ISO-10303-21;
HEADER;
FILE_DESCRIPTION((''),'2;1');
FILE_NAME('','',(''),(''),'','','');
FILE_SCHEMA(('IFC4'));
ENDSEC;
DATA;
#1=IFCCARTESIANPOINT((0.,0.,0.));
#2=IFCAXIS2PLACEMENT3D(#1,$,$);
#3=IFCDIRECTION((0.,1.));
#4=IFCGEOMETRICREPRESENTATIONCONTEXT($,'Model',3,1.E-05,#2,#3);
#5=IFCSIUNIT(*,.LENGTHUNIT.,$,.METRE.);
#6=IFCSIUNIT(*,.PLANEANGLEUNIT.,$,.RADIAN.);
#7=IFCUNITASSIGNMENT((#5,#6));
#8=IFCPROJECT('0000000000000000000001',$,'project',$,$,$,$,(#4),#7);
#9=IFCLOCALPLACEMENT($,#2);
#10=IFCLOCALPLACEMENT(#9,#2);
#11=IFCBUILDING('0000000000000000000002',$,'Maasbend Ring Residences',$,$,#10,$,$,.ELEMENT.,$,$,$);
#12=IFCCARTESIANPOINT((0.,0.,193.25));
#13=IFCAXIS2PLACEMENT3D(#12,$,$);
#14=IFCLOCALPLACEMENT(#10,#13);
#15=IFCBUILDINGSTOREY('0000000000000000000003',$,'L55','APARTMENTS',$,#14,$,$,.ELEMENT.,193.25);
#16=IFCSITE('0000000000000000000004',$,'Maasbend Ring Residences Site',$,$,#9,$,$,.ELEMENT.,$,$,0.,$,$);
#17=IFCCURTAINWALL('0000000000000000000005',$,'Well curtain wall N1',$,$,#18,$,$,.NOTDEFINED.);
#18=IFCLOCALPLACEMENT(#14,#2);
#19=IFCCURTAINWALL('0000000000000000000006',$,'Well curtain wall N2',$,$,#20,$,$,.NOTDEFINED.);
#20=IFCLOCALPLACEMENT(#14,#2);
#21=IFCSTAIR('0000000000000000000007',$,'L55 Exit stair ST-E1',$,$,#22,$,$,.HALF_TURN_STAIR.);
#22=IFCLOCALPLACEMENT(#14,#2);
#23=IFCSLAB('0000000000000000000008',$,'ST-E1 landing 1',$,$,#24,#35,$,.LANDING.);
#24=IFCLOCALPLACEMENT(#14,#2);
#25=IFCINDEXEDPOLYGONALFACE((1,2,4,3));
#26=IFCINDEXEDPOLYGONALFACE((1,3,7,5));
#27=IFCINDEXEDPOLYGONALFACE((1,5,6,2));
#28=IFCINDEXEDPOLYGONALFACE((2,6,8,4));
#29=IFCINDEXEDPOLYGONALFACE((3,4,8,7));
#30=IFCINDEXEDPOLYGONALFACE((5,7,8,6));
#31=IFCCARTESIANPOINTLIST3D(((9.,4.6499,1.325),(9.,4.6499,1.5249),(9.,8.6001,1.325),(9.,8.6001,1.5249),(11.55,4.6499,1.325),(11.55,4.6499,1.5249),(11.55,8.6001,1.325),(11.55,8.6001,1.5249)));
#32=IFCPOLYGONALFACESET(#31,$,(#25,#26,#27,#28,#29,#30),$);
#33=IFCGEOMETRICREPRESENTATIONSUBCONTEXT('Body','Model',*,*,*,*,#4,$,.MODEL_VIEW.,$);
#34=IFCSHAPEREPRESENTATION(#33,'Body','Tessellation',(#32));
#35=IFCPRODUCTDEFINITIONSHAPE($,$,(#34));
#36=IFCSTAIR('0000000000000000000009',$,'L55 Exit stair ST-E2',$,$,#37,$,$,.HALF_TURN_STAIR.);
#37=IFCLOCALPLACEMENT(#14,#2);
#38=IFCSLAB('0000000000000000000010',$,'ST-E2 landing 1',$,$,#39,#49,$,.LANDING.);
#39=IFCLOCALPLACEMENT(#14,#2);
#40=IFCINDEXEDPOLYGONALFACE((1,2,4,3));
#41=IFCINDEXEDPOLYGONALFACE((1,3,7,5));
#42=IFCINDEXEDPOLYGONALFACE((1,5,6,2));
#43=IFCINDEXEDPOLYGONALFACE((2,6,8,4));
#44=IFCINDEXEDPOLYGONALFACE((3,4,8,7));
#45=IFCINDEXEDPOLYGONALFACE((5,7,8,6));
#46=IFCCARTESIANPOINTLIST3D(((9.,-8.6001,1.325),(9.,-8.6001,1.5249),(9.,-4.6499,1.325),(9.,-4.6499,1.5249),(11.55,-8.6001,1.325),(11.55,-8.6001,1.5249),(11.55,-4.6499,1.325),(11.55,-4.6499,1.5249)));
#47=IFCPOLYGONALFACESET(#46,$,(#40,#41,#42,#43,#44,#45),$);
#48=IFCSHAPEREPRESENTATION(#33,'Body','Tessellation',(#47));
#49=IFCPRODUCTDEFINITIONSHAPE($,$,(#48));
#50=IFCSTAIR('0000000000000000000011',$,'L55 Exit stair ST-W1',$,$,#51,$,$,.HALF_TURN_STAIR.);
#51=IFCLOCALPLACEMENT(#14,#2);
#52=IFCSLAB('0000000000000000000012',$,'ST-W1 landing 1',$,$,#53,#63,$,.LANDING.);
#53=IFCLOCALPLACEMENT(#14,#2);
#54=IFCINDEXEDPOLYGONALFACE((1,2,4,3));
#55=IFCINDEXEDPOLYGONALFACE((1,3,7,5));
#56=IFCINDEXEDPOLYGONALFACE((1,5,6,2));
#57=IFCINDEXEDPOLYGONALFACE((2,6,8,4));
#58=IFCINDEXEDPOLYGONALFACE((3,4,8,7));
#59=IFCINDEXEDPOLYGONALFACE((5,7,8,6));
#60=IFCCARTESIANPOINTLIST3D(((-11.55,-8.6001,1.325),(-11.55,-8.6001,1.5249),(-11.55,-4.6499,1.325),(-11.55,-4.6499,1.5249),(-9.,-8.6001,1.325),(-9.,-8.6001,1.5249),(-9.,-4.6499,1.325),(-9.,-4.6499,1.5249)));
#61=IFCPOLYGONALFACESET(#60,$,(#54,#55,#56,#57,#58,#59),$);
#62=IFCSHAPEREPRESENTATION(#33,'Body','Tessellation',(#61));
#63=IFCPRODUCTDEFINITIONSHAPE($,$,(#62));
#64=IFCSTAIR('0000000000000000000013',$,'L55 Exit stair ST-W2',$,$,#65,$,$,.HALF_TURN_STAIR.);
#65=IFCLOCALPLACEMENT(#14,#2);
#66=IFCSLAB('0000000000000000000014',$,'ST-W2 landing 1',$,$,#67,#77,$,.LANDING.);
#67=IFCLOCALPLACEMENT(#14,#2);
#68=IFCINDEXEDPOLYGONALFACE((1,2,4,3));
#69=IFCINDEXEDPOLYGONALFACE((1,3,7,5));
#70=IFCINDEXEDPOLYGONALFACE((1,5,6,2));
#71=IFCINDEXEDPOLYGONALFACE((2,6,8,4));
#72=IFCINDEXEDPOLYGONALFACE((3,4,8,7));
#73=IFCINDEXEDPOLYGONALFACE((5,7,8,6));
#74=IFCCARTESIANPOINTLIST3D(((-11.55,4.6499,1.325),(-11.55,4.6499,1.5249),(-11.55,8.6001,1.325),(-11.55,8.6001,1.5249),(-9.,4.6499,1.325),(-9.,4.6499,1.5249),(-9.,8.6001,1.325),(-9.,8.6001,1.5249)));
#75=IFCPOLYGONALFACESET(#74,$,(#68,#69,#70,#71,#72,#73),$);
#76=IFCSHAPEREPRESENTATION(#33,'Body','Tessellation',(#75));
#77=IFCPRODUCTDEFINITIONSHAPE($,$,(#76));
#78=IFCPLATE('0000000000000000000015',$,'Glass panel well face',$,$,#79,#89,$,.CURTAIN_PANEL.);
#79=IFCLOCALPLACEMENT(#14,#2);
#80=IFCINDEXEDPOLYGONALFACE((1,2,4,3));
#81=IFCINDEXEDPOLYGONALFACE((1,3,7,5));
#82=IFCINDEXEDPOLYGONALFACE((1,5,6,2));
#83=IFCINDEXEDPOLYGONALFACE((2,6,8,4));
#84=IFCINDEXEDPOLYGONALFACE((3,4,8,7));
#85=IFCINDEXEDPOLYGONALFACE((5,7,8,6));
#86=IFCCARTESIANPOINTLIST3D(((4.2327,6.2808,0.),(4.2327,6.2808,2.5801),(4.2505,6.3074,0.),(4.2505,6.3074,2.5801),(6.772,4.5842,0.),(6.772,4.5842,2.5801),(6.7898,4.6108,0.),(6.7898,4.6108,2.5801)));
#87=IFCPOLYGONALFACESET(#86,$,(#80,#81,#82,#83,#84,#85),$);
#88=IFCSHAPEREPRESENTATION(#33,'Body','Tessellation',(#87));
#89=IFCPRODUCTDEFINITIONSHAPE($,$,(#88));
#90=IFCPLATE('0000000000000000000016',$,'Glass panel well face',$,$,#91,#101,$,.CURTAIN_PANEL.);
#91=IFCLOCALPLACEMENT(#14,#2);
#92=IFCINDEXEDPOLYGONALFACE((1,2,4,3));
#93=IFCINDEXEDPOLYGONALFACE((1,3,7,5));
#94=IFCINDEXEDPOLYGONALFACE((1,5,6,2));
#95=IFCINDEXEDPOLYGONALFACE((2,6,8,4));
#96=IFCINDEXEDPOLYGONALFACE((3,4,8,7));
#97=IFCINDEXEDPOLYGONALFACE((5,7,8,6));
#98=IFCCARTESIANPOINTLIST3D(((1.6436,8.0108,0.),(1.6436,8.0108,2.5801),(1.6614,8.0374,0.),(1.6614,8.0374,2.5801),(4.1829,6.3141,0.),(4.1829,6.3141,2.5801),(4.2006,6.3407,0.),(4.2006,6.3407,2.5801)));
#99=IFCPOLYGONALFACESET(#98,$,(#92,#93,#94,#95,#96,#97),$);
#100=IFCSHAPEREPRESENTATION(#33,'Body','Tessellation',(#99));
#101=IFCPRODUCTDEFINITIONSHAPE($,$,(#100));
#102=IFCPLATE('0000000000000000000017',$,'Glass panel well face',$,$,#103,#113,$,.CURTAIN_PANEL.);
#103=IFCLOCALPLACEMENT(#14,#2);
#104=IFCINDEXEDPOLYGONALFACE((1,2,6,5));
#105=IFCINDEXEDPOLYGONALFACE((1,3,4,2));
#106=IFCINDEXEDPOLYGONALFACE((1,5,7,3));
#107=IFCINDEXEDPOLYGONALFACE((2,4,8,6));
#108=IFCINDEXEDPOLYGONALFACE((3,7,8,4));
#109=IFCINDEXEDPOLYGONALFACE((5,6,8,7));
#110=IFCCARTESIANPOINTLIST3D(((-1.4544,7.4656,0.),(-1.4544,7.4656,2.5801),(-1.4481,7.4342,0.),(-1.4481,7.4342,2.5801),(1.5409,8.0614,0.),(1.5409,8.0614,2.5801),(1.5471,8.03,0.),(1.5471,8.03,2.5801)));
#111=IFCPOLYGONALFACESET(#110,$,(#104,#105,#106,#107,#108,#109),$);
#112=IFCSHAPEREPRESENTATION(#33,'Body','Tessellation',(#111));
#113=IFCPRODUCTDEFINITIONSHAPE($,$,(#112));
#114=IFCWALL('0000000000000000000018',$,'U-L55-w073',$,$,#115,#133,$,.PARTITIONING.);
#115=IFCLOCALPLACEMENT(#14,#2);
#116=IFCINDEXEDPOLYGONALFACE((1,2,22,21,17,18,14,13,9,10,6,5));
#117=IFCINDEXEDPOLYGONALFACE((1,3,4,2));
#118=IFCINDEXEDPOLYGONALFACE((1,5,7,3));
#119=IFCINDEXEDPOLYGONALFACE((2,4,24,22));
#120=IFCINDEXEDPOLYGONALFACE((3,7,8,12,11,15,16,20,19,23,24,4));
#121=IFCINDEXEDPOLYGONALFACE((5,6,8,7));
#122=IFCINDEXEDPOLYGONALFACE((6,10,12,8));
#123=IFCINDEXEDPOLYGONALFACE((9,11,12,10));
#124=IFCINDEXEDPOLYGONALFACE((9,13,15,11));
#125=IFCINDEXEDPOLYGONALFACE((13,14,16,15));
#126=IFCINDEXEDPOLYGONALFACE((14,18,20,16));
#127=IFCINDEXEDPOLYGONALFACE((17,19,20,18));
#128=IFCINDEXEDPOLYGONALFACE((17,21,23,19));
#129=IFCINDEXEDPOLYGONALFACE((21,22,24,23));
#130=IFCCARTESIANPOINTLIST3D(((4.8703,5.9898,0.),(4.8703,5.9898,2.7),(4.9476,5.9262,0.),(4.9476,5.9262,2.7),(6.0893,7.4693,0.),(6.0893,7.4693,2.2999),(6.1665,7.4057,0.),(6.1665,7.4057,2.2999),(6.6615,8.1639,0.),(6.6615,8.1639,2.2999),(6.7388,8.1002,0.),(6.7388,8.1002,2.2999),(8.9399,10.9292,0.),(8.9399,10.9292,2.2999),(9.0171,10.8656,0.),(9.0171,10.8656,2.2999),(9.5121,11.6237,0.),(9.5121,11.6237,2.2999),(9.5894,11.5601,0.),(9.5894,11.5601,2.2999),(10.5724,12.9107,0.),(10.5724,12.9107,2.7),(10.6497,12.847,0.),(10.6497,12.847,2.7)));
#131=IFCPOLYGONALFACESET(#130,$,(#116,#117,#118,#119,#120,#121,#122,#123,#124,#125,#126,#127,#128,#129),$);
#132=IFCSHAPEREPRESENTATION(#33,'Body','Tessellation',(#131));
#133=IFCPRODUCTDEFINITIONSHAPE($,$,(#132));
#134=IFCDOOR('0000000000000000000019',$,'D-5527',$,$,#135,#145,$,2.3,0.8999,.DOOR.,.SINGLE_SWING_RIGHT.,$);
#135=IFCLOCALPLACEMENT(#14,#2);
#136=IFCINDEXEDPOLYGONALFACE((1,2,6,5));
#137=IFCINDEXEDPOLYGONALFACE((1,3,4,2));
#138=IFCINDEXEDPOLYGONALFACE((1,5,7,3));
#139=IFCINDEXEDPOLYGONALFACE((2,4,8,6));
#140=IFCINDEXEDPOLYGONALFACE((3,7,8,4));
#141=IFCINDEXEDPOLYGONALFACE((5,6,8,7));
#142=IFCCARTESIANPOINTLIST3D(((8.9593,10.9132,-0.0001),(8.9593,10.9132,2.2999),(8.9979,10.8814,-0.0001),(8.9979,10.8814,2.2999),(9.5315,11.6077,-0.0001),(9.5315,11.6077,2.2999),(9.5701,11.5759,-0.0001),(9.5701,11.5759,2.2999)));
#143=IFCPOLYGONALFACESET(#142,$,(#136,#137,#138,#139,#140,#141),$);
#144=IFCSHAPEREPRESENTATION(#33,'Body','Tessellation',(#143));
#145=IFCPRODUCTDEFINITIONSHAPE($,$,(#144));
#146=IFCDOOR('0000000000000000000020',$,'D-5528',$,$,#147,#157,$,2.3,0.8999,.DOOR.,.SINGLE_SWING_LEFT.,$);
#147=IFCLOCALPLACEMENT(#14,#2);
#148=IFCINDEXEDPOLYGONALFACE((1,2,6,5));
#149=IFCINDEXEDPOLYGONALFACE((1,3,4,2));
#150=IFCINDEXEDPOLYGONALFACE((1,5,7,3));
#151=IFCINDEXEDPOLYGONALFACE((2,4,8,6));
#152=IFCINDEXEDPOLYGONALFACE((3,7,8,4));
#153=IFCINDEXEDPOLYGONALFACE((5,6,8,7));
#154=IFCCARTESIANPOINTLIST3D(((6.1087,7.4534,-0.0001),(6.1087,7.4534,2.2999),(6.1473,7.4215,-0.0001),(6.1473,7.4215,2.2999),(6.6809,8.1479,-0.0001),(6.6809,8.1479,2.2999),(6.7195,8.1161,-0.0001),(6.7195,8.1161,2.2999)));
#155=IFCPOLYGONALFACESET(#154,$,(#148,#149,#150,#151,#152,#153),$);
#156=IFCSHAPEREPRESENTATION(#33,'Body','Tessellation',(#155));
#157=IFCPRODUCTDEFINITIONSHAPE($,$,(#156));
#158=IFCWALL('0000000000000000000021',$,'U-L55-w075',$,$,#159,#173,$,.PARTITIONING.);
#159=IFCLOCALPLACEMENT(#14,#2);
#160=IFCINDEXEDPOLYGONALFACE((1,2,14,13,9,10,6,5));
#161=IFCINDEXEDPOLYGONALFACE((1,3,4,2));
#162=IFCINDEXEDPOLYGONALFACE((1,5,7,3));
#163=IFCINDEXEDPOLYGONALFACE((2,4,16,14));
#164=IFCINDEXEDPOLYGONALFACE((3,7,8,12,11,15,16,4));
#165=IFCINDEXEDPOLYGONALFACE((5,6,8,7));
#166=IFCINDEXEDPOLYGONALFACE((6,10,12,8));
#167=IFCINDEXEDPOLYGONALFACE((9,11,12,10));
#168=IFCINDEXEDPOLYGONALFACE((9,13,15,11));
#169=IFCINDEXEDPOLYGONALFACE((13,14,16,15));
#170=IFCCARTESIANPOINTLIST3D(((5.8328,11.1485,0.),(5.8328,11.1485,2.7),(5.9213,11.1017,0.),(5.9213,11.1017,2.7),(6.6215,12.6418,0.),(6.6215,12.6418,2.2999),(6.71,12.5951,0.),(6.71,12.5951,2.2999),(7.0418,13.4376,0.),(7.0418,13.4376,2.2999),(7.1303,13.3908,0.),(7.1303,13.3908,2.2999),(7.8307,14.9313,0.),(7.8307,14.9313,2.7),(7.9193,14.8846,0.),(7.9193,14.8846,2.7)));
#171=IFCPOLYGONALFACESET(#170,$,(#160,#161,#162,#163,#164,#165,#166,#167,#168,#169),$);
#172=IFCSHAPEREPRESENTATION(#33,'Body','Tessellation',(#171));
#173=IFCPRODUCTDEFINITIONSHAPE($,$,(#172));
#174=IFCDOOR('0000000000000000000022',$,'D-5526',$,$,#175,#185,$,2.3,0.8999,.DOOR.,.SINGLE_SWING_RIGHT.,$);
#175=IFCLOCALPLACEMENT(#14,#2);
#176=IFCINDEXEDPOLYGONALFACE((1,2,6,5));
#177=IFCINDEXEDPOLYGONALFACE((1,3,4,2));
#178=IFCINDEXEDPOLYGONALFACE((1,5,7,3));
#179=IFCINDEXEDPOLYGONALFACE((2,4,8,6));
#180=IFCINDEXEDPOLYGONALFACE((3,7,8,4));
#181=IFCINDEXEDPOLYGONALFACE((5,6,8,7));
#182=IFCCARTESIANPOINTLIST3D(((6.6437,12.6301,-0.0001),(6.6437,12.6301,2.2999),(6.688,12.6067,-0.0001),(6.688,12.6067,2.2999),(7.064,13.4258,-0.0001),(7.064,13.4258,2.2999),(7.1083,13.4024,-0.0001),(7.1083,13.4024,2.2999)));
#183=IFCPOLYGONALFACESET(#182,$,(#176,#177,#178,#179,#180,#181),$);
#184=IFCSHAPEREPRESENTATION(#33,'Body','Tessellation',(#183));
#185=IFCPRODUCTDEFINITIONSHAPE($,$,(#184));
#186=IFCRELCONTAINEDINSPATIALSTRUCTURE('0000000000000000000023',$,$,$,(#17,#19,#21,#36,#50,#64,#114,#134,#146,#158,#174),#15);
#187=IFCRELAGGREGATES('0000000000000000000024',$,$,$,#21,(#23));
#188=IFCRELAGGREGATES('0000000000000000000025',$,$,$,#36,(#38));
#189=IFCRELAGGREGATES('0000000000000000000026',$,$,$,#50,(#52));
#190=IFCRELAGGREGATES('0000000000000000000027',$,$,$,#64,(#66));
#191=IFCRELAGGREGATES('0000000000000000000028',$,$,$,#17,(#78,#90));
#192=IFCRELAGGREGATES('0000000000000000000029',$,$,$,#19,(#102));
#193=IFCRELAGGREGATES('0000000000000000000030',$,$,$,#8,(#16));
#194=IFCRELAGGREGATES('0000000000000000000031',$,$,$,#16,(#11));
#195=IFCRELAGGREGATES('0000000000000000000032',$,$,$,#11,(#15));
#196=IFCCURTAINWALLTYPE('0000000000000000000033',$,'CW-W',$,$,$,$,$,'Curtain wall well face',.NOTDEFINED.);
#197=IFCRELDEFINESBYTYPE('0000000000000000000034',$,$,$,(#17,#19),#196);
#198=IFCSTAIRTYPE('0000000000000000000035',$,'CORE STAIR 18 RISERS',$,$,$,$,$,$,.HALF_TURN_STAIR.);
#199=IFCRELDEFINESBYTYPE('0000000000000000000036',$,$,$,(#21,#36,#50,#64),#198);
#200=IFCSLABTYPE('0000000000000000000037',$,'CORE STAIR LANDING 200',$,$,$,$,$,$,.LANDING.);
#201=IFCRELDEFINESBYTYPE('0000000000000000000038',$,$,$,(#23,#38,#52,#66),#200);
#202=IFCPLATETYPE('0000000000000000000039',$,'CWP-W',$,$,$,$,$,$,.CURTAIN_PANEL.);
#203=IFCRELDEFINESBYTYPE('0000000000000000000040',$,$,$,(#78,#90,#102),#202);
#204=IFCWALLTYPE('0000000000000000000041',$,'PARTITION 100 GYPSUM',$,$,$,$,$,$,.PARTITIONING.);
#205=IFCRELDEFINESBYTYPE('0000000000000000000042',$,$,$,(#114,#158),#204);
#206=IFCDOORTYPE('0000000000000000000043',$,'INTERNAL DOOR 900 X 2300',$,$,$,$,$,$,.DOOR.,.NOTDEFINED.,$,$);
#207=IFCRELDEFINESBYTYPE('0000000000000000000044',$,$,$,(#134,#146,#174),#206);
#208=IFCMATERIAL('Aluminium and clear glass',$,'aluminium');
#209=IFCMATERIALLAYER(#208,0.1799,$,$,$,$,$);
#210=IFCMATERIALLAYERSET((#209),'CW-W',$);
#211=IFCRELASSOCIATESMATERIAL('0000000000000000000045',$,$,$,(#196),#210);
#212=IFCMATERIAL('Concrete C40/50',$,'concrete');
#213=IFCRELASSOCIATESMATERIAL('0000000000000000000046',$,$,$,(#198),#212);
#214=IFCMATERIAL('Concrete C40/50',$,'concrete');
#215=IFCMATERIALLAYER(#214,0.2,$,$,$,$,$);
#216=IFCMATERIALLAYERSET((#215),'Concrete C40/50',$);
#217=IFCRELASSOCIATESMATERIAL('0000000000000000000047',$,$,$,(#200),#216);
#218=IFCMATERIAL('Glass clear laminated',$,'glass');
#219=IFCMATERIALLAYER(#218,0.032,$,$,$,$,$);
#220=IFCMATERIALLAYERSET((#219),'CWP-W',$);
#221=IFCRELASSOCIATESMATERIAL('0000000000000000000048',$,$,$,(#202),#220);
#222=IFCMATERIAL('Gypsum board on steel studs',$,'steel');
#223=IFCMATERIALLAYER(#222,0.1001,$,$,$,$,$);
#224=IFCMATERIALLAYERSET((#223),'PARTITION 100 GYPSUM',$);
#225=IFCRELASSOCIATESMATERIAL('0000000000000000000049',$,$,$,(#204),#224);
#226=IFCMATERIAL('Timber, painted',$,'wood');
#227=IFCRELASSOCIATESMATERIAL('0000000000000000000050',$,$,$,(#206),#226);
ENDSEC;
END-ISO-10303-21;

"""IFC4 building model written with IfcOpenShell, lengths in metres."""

from ifc_helpers import new_model, si_unit, direction, frame, frame_2d, origin, origin_2d, place, context, subcontext, project, spatial, polyline, rectangle, outline, extrude, material, layer, layer_set, type_object, element, fill, aggregate, save


model = new_model("IFC4")

# Units and contexts
model_context = context("Model", 3, precision=1e-05, world=origin(), true_north=direction((0.0, 1.0)))
body_context = subcontext(model_context, "Body", "Model", "MODEL_VIEW")
ifc_project = project(units=[si_unit("LENGTHUNIT", "METRE"), si_unit("PLANEANGLEUNIT", "RADIAN")], contexts=[model_context])

# Site, building, storey
site_placement = place(None, origin())
site = spatial("IfcSite", under=ifc_project, at=site_placement, Name="Maasbend Ring Residences Site", CompositionType="ELEMENT", RefElevation=0.0)
building_placement = place(site_placement, origin())
building = spatial("IfcBuilding", under=site, at=building_placement, Name="Maasbend Ring Residences", CompositionType="ELEMENT")
storey_placement = place(building_placement, frame((0.0, 0.0, 193.25)))
storey = spatial("IfcBuildingStorey", under=building, at=storey_placement, Name="L55", Description="APARTMENTS", CompositionType="ELEMENT", Elevation=193.25)

# Curtain wall
ifc_material_1 = material(Name="Aluminium and clear glass", Category="aluminium")
ifc_layer_1 = layer(ifc_material_1, 0.1799)
ifc_layer_set_1 = layer_set([ifc_layer_1], Name="CW-W")
curtain_wall_type = type_object("IfcCurtainWallType", Name="CW-W", ElementType="Curtain wall well face", PredefinedType="NOTDEFINED", material=ifc_layer_set_1)
curtain_wall_1_placement = place(storey_placement, origin())
curtain_wall_1 = element("IfcCurtainWall", 1, at=curtain_wall_1_placement, inside=storey, type_object=curtain_wall_type, Name="Well curtain wall N1", PredefinedType="NOTDEFINED")

# Curtain wall
curtain_wall_2_placement = place(storey_placement, origin())
curtain_wall_2 = element("IfcCurtainWall", 2, at=curtain_wall_2_placement, inside=storey, type_object=curtain_wall_type, Name="Well curtain wall N2", PredefinedType="NOTDEFINED")

# Stairs, slabs
ifc_material_2 = material(Name="Concrete C40/50", Category="concrete")
stair_type = type_object("IfcStairType", Name="CORE STAIR 18 RISERS", PredefinedType="HALF_TURN_STAIR", material=ifc_material_2)
stair_1_placement = place(storey_placement, origin())
stair_1 = element("IfcStair", 3, at=stair_1_placement, inside=storey, type_object=stair_type, Name="L55 Exit stair ST-E1", PredefinedType="HALF_TURN_STAIR")
ifc_material_3 = material(Name="Concrete C40/50", Category="concrete")
ifc_layer_2 = layer(ifc_material_3, 0.2)
ifc_layer_set_2 = layer_set([ifc_layer_2], Name="Concrete C40/50")
slab_type = type_object("IfcSlabType", Name="CORE STAIR LANDING 200", PredefinedType="LANDING", material=ifc_layer_set_2)
slab_1_placement = place(storey_placement, frame((0.0, 0.0, 1.325)))
slab_1 = element("IfcSlab", 4, at=slab_1_placement, type_object=slab_type, Name="ST-E1 landing 1", PredefinedType="LANDING", context=body_context, shape_type="SweptSolid", body=[
    extrude(outline(polyline([(11.55, 8.6001), (9.0, 8.6001), (9.0, 4.6499), (11.55, 4.6499), (11.55, 8.6001)])), origin(), (0.0, 0.0, 1.0), 0.2),
])
aggregate(stair_1, [slab_1])
stair_2_placement = place(storey_placement, origin())
stair_2 = element("IfcStair", 5, at=stair_2_placement, inside=storey, type_object=stair_type, Name="L55 Exit stair ST-E2", PredefinedType="HALF_TURN_STAIR")
slab_2_placement = place(storey_placement, frame((0.0, 0.0, 1.325)))
slab_2 = element("IfcSlab", 6, at=slab_2_placement, type_object=slab_type, Name="ST-E2 landing 1", PredefinedType="LANDING", context=body_context, shape_type="SweptSolid", body=[
    extrude(outline(polyline([(11.55, -4.6499), (9.0, -4.6499), (9.0, -8.6001), (11.55, -8.6001), (11.55, -4.6499)])), origin(), (0.0, 0.0, 1.0), 0.2),
])
aggregate(stair_2, [slab_2])
stair_3_placement = place(storey_placement, origin())
stair_3 = element("IfcStair", 7, at=stair_3_placement, inside=storey, type_object=stair_type, Name="L55 Exit stair ST-W1", PredefinedType="HALF_TURN_STAIR")
slab_3_placement = place(storey_placement, frame((0.0, 0.0, 1.325)))
slab_3 = element("IfcSlab", 8, at=slab_3_placement, type_object=slab_type, Name="ST-W1 landing 1", PredefinedType="LANDING", context=body_context, shape_type="SweptSolid", body=[
    extrude(outline(polyline([(-11.55, -8.6001), (-9.0, -8.6001), (-9.0, -4.6499), (-11.55, -4.6499), (-11.55, -8.6001)])), origin(), (0.0, 0.0, 1.0), 0.2),
])
aggregate(stair_3, [slab_3])
stair_4_placement = place(storey_placement, origin())
stair_4 = element("IfcStair", 9, at=stair_4_placement, inside=storey, type_object=stair_type, Name="L55 Exit stair ST-W2", PredefinedType="HALF_TURN_STAIR")
slab_4_placement = place(storey_placement, frame((0.0, 0.0, 1.325)))
slab_4 = element("IfcSlab", 10, at=slab_4_placement, type_object=slab_type, Name="ST-W2 landing 1", PredefinedType="LANDING", context=body_context, shape_type="SweptSolid", body=[
    extrude(outline(polyline([(-11.55, 4.6499), (-9.0, 4.6499), (-9.0, 8.6001), (-11.55, 8.6001), (-11.55, 4.6499)])), origin(), (0.0, 0.0, 1.0), 0.2),
])
aggregate(stair_4, [slab_4])

# Plates
ifc_material_4 = material(Name="Glass clear laminated", Category="glass")
ifc_layer_3 = layer(ifc_material_4, 0.032)
ifc_layer_set_3 = layer_set([ifc_layer_3], Name="CWP-W")
plate_type = type_object("IfcPlateType", Name="CWP-W", PredefinedType="CURTAIN_PANEL", material=ifc_layer_set_3)
plate_1_placement = place(storey_placement, frame((5.5112, 5.4458, 0.0), z_axis=(0.0, 0.0, 1.0), x_axis=(-0.83147, 0.55557, 0.0)))
plate_1 = element("IfcPlate", 11, at=plate_1_placement, type_object=plate_type, Name="Glass panel well face", PredefinedType="CURTAIN_PANEL", context=body_context, shape_type="SweptSolid", body=[
    extrude(rectangle(XDim=3.054, YDim=0.032, at=origin_2d()), origin(), (0.0, 0.0, 1.0), 2.5801),
])
plate_2_placement = place(storey_placement, frame((2.9221, 7.1758, 0.0), z_axis=(0.0, 0.0, 1.0), x_axis=(-0.83147, 0.55557, 0.0)))
plate_2 = element("IfcPlate", 12, at=plate_2_placement, type_object=plate_type, Name="Glass panel well face", PredefinedType="CURTAIN_PANEL", context=body_context, shape_type="SweptSolid", body=[
    extrude(rectangle(XDim=3.054, YDim=0.032, at=origin_2d()), origin(), (0.0, 0.0, 1.0), 2.5801),
])
aggregate(curtain_wall_1, [plate_1, plate_2])
plate_3_placement = place(storey_placement, frame((0.0464, 7.7478, 0.0), z_axis=(0.0, 0.0, 1.0), x_axis=(-0.980785, -0.19509, 0.0)))
plate_3 = element("IfcPlate", 13, at=plate_3_placement, type_object=plate_type, Name="Glass panel well face", PredefinedType="CURTAIN_PANEL", context=body_context, shape_type="SweptSolid", body=[
    extrude(rectangle(XDim=3.054, YDim=0.032, at=origin_2d()), origin(), (0.0, 0.0, 1.0), 2.5801),
])
aggregate(curtain_wall_2, [plate_3])

# Wall, openings, doors
ifc_material_5 = material(Name="Gypsum board on steel studs", Category="steel")
ifc_layer_4 = layer(ifc_material_5, 0.1001)
ifc_layer_set_4 = layer_set([ifc_layer_4], Name="PARTITION 100 GYPSUM")
wall_type_1 = type_object("IfcWallType", Name="PARTITION 100 GYPSUM", PredefinedType="PARTITIONING", material=ifc_layer_set_4)
wall_1_placement = place(storey_placement, frame((4.9089, 5.958, 0.0), z_axis=(0.0, 0.0, 1.0), x_axis=(0.635879, 0.771789, 0.0)))
wall_1 = element("IfcWall", 14, at=wall_1_placement, inside=storey, type_object=wall_type_1, Name="U-L55-w073", PredefinedType="PARTITIONING", context=body_context, shape_type="SweptSolid", body=[
    extrude(rectangle(XDim=8.9673, YDim=0.1001, at=frame_2d((4.4836, 0.0))), origin(), (0.0, 0.0, 1.0), 2.7),
])
opening_1_placement = place(wall_1_placement, frame((6.3999, 0.0, 0.0)))
opening_1 = element("IfcOpeningElement", 15, at=opening_1_placement, cuts=wall_1, PredefinedType="OPENING", context=body_context, shape_type="SweptSolid", body=[
    extrude(rectangle(XDim=0.8999, YDim=2.3, at=frame_2d((0.45, 1.1499))), frame((0.0, 0.0601, 0.0), z_axis=(0.0, -1.0, 0.0), x_axis=(1.0, 0.0, 0.0)), (0.0, 0.0, 1.0), 0.1201),
])
opening_2_placement = place(wall_1_placement, frame((1.917, 0.0, 0.0)))
opening_2 = element("IfcOpeningElement", 16, at=opening_2_placement, cuts=wall_1, PredefinedType="OPENING", context=body_context, shape_type="SweptSolid", body=[
    extrude(rectangle(XDim=0.8999, YDim=2.3, at=frame_2d((0.45, 1.1499))), frame((0.0, 0.0601, 0.0), z_axis=(0.0, -1.0, 0.0), x_axis=(1.0, 0.0, 0.0)), (0.0, 0.0, 1.0), 0.1201),
])
ifc_material_6 = material(Name="Timber, painted", Category="wood")
door_type = type_object("IfcDoorType", Name="INTERNAL DOOR 900 X 2300", OperationType="NOTDEFINED", PredefinedType="DOOR", material=ifc_material_6)
door_1_placement = place(opening_1_placement, origin())
door_1 = element("IfcDoor", 17, at=door_1_placement, inside=storey, type_object=door_type, Name="D-5527", OperationType="SINGLE_SWING_RIGHT", OverallHeight=2.3, OverallWidth=0.8999, PredefinedType="DOOR", context=body_context, shape_type="SweptSolid", body=[
    extrude(rectangle(XDim=0.8999, YDim=2.3, at=frame_2d((0.45, 1.1499))), frame((0.0, 0.0249, 0.0), z_axis=(0.0, -1.0, 0.0), x_axis=(1.0, 0.0, 0.0)), (0.0, 0.0, 1.0), 0.05),
])
fill(opening_1, door_1)
door_2_placement = place(opening_2_placement, origin())
door_2 = element("IfcDoor", 18, at=door_2_placement, inside=storey, type_object=door_type, Name="D-5528", OperationType="SINGLE_SWING_LEFT", OverallHeight=2.3, OverallWidth=0.8999, PredefinedType="DOOR", context=body_context, shape_type="SweptSolid", body=[
    extrude(rectangle(XDim=0.8999, YDim=2.3, at=frame_2d((0.45, 1.1499))), frame((0.0, 0.0249, 0.0), z_axis=(0.0, -1.0, 0.0), x_axis=(1.0, 0.0, 0.0)), (0.0, 0.0, 1.0), 0.05),
])
fill(opening_2, door_2)

# Wall, opening, door
wall_2_placement = place(storey_placement, frame((5.877, 11.125, 0.0), z_axis=(0.0, 0.0, 1.0), x_axis=(0.46703, 0.884241, 0.0)))
wall_2 = element("IfcWall", 19, at=wall_2_placement, inside=storey, type_object=wall_type_1, Name="U-L55-w075", PredefinedType="PARTITIONING", context=body_context, shape_type="SweptSolid", body=[
    extrude(rectangle(XDim=4.2781, YDim=0.1001, at=frame_2d((2.1392, 0.0))), origin(), (0.0, 0.0, 1.0), 2.7),
])
opening_3_placement = place(wall_2_placement, frame((1.689, 0.0, 0.0)))
opening_3 = element("IfcOpeningElement", 20, at=opening_3_placement, cuts=wall_2, PredefinedType="OPENING", context=body_context, shape_type="SweptSolid", body=[
    extrude(rectangle(XDim=0.8999, YDim=2.3, at=frame_2d((0.45, 1.1499))), frame((0.0, 0.0601, 0.0), z_axis=(0.0, -1.0, 0.0), x_axis=(1.0, 0.0, 0.0)), (0.0, 0.0, 1.0), 0.1201),
])
door_3_placement = place(opening_3_placement, origin())
door_3 = element("IfcDoor", 21, at=door_3_placement, inside=storey, type_object=door_type, Name="D-5526", OperationType="SINGLE_SWING_RIGHT", OverallHeight=2.3, OverallWidth=0.8999, PredefinedType="DOOR", context=body_context, shape_type="SweptSolid", body=[
    extrude(rectangle(XDim=0.8999, YDim=2.3, at=frame_2d((0.45, 1.1499))), frame((0.0, 0.0249, 0.0), z_axis=(0.0, -1.0, 0.0), x_axis=(1.0, 0.0, 0.0)), (0.0, 0.0, 1.0), 0.05),
])
fill(opening_3, door_3)

save(model, "model.ifc")
